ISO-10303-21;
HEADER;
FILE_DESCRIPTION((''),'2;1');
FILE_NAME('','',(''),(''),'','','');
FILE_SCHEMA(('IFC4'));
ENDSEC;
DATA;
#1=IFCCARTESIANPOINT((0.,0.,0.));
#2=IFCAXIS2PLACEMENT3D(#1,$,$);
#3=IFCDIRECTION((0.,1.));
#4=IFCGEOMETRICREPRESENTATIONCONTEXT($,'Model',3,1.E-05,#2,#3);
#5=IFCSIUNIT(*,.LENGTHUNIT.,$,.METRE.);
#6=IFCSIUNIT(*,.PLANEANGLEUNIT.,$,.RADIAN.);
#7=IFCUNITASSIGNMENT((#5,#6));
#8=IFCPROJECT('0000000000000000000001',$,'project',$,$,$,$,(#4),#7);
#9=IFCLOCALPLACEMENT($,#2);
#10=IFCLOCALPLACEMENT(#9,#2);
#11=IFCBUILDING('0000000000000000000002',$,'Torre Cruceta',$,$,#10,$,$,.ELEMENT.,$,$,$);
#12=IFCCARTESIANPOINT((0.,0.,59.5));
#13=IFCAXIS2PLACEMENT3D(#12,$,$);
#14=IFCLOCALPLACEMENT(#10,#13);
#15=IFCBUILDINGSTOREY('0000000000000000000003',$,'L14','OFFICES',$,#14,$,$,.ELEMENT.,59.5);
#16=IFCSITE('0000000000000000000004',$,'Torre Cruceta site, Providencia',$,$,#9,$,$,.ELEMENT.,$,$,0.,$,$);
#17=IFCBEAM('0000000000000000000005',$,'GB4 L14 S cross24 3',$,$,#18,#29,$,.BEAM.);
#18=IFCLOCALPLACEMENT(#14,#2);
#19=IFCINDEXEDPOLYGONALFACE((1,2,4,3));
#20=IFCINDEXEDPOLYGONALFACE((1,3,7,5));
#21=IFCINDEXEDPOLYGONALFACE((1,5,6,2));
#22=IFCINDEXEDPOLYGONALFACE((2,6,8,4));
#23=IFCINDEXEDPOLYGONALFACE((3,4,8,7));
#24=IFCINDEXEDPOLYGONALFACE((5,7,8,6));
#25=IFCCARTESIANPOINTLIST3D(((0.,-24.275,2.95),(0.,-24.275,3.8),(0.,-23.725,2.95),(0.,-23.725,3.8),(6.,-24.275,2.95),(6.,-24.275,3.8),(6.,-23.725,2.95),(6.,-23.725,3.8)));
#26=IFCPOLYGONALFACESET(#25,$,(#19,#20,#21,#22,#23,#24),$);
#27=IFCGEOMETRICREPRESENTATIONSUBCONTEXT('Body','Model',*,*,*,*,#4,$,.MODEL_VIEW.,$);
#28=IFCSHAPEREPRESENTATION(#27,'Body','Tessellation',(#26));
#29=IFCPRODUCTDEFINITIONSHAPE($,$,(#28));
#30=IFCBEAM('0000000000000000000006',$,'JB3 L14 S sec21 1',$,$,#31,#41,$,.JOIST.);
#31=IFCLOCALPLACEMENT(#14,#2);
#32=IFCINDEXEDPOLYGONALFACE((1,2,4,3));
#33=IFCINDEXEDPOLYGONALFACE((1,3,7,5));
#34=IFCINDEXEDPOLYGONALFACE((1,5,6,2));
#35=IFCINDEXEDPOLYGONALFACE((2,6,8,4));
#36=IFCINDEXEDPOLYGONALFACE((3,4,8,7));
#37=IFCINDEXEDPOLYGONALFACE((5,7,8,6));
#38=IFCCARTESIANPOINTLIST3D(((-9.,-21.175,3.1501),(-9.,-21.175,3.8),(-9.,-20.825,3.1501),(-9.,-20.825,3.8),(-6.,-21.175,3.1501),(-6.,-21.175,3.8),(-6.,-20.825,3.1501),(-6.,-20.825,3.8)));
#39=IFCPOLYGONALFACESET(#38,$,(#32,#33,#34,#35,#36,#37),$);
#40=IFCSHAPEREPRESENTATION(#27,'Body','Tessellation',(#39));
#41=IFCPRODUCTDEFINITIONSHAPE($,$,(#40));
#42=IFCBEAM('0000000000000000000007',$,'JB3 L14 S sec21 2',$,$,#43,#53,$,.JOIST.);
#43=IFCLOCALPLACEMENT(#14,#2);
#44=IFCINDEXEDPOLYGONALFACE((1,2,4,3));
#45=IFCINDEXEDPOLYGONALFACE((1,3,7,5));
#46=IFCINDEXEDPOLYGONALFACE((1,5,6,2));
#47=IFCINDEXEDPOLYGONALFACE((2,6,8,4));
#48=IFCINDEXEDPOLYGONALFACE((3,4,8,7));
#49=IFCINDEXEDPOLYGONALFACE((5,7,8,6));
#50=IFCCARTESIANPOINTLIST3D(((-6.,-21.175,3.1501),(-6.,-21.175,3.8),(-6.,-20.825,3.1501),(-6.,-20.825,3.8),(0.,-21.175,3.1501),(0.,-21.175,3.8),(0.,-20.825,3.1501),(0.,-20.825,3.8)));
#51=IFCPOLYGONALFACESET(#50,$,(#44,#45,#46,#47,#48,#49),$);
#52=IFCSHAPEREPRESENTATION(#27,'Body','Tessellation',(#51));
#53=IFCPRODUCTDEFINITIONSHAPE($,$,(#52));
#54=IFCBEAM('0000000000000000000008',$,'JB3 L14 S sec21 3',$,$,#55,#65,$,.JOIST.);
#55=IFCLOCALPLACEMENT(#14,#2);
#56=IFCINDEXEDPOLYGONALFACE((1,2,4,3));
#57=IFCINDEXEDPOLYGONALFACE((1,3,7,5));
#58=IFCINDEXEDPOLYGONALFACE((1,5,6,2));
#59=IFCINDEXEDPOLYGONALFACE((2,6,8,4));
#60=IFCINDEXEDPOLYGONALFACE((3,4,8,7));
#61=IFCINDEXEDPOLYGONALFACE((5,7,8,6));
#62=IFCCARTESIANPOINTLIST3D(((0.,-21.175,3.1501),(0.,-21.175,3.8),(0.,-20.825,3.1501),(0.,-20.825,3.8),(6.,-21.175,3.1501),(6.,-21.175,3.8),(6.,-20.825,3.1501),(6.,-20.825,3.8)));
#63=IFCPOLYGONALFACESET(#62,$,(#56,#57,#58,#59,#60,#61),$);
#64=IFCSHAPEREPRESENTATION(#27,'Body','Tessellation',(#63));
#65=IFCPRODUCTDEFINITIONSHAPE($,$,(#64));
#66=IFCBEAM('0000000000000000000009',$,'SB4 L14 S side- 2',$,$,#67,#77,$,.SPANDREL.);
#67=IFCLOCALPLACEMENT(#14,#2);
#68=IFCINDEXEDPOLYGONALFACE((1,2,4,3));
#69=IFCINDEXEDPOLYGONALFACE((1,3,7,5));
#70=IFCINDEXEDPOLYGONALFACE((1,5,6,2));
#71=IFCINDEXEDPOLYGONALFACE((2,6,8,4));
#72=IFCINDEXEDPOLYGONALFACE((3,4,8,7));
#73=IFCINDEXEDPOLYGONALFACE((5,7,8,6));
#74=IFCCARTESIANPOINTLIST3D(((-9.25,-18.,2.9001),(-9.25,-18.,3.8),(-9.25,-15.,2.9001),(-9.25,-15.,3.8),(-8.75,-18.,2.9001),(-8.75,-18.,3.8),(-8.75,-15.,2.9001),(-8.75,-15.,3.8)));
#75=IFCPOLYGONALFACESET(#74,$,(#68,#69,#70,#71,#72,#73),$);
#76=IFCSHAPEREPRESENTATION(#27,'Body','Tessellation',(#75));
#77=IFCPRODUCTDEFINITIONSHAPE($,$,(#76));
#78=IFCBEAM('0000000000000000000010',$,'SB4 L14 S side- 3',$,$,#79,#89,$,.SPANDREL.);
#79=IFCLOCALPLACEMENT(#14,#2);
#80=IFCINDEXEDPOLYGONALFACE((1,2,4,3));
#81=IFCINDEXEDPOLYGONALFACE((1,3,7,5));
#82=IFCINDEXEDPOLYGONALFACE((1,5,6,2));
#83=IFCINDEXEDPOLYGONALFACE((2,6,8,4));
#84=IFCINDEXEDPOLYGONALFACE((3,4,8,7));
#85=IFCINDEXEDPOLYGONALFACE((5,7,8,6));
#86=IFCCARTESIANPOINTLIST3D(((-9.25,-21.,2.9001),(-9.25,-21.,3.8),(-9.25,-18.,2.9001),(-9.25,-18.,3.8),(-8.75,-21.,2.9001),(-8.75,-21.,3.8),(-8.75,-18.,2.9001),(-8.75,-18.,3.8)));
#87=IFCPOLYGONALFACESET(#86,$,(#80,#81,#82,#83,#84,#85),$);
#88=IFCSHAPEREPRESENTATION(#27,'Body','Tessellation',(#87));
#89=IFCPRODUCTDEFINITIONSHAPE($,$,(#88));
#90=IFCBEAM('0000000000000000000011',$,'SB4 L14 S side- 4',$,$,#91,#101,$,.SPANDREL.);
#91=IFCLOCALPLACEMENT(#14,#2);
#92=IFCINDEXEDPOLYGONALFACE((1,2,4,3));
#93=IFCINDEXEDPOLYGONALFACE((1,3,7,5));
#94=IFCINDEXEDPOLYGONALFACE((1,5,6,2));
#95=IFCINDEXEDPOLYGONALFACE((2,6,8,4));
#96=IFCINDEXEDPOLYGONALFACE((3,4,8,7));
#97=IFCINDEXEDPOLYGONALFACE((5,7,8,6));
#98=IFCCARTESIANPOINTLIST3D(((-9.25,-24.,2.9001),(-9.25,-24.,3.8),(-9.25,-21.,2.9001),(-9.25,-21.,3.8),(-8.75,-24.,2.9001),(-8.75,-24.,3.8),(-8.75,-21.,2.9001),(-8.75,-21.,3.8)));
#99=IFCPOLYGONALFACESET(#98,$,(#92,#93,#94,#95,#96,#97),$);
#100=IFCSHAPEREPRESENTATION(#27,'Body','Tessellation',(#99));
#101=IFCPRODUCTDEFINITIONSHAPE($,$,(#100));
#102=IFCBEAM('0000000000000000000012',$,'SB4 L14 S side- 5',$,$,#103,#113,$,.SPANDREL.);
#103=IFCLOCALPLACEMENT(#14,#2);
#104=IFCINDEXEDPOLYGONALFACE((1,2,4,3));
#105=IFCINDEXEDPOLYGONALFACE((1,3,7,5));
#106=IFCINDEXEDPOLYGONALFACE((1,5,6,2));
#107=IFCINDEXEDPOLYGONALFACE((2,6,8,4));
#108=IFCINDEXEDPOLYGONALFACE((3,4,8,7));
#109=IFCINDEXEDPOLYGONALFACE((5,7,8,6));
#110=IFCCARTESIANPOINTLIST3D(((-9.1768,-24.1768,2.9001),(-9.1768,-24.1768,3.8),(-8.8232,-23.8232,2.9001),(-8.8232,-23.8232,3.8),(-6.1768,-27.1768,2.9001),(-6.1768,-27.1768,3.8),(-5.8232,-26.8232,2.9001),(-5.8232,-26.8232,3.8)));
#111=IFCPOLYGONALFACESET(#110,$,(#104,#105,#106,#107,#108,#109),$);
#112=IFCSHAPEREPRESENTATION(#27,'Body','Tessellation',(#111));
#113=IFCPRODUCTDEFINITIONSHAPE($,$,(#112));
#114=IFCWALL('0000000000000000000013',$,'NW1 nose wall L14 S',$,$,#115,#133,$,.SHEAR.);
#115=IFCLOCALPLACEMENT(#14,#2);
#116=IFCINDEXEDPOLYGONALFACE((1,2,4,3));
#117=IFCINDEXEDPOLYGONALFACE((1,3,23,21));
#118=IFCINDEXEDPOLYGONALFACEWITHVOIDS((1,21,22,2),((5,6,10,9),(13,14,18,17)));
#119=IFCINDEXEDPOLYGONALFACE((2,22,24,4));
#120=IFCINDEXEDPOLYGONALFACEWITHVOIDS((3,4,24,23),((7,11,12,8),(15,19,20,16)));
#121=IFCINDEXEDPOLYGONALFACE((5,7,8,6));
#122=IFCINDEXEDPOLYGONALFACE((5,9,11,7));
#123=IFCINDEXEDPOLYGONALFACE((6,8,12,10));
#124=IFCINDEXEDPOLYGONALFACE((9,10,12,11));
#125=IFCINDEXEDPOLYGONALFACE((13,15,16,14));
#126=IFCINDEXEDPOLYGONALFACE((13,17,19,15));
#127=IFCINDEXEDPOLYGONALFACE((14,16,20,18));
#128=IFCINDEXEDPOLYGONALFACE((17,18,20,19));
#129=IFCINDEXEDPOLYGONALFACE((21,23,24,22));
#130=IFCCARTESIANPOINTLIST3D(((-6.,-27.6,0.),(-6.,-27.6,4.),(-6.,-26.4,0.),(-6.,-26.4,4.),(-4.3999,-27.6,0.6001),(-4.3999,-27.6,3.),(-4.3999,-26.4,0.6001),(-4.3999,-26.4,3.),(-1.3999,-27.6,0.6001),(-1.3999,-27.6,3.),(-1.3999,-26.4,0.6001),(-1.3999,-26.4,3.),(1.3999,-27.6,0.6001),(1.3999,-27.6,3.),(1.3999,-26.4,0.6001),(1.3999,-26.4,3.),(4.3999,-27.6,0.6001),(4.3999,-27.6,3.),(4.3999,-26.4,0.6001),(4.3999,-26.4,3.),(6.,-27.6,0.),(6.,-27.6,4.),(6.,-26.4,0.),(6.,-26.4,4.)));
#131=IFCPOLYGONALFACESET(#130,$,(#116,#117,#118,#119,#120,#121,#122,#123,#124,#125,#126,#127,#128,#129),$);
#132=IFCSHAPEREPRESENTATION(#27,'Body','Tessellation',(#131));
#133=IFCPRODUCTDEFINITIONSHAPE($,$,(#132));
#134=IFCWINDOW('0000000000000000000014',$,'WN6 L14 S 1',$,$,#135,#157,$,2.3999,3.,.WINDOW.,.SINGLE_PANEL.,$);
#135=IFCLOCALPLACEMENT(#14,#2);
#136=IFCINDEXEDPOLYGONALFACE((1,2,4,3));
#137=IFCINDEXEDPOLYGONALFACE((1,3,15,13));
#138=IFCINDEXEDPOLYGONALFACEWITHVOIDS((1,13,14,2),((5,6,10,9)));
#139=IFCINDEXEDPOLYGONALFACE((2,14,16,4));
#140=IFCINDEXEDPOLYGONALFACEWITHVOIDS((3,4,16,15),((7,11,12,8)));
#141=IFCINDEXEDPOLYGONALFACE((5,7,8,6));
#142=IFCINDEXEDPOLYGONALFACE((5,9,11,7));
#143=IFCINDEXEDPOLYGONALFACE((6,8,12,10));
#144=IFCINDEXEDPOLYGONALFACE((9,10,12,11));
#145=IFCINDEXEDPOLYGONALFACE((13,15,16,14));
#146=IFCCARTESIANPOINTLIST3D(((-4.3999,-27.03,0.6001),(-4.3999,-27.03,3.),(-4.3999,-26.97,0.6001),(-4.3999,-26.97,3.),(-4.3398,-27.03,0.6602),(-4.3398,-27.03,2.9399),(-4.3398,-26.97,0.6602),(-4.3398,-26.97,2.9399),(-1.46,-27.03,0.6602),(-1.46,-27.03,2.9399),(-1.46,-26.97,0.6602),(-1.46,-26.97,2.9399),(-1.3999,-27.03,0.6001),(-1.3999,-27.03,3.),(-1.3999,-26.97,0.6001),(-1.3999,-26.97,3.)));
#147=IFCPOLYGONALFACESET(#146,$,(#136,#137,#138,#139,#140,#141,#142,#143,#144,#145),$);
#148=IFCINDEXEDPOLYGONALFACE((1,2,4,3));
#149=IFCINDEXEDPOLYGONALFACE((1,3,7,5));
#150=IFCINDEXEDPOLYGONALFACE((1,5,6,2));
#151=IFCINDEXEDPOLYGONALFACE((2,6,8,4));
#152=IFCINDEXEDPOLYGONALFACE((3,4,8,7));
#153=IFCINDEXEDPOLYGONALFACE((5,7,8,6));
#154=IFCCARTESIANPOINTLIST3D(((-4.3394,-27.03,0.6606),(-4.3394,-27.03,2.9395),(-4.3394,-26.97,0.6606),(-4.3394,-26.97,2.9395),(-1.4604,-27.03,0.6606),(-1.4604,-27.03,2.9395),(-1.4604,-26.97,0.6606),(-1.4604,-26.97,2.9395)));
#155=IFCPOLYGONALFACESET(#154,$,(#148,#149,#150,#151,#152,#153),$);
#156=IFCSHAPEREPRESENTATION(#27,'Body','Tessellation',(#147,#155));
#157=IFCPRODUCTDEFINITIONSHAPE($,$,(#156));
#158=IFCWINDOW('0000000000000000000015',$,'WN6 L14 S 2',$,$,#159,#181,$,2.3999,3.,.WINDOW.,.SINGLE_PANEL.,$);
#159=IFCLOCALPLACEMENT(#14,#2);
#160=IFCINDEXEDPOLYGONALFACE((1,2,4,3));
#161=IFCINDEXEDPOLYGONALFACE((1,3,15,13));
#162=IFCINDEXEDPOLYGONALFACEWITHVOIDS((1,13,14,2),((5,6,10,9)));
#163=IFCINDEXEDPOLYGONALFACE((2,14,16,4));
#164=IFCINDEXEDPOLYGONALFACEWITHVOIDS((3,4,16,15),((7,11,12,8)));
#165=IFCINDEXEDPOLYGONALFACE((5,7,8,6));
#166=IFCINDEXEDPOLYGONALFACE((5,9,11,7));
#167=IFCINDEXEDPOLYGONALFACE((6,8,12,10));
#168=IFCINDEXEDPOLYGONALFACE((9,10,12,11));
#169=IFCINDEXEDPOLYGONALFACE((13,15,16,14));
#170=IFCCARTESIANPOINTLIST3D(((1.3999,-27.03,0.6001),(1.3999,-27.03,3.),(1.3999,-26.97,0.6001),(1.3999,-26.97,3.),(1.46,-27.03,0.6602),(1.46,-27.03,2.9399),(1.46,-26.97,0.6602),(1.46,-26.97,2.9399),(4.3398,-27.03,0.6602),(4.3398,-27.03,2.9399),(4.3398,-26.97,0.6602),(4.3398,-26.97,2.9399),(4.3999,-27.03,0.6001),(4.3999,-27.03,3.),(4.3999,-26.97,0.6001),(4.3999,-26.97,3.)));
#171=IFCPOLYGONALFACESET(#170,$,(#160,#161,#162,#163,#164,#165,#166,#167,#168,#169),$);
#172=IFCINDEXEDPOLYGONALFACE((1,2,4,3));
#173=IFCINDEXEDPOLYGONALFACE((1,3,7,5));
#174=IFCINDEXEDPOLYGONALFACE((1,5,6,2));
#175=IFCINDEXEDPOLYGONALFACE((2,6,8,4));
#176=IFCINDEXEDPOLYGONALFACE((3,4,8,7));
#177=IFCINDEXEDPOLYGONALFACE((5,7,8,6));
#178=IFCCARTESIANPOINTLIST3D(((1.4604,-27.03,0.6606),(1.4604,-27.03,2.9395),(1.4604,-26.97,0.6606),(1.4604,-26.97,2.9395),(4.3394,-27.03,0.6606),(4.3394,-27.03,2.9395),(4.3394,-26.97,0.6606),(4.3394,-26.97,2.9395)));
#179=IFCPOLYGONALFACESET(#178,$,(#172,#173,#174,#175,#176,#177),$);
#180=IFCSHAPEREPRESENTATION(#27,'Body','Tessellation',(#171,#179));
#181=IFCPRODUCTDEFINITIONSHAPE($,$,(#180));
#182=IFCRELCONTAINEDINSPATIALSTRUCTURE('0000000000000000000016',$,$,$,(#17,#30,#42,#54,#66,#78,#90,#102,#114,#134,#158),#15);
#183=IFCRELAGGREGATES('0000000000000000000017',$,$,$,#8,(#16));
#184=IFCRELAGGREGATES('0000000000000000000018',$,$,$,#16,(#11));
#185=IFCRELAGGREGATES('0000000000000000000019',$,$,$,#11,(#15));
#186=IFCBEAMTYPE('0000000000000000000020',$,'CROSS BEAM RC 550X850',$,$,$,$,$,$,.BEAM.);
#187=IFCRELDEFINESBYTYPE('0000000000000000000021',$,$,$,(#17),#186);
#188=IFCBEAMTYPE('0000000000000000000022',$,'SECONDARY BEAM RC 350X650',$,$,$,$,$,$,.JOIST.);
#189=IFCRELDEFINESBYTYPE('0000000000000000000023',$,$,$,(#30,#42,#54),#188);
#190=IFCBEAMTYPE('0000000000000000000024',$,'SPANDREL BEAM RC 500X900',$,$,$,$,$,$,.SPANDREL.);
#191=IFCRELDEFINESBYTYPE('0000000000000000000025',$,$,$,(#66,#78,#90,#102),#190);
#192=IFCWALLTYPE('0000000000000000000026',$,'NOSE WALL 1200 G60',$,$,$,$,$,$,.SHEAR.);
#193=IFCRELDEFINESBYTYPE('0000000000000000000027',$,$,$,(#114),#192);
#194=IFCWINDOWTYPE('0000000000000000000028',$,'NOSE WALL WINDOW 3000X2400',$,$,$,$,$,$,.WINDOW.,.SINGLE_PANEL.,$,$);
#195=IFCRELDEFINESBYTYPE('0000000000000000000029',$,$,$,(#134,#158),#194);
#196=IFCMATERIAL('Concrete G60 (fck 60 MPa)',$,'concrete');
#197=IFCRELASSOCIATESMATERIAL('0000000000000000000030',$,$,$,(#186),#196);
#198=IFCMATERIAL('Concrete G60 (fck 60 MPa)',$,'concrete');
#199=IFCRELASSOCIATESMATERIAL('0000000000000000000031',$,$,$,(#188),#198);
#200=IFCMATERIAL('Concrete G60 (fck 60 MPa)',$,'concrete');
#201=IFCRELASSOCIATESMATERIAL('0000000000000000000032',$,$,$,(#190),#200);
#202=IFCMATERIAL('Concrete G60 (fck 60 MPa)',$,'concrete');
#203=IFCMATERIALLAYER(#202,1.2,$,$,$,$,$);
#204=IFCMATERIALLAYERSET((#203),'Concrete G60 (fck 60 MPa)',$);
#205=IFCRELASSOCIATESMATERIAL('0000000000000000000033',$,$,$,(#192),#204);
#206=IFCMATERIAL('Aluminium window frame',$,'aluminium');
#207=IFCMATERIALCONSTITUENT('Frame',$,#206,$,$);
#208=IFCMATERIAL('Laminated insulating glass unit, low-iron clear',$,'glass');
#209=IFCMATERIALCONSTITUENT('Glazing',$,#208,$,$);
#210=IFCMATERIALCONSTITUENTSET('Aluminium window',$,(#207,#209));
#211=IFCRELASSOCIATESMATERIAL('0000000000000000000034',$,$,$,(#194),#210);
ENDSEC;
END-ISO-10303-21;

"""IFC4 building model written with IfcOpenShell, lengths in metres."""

from ifc_helpers import new_model, si_unit, direction, frame, frame_2d, origin, origin_2d, place, context, subcontext, project, spatial, rectangle, hollow_rectangle, extrude, material, layer, layer_set, constituent, constituent_set, material_profile, profile_set, type_object, element, fill, save


model = new_model("IFC4")

# Units and contexts
model_context = context("Model", 3, precision=1e-05, world=origin(), true_north=direction((0.0, 1.0)))
body_context = subcontext(model_context, "Body", "Model", "MODEL_VIEW")
ifc_project = project(units=[si_unit("LENGTHUNIT", "METRE"), si_unit("PLANEANGLEUNIT", "RADIAN")], contexts=[model_context])

# Site, building, storey
site_placement = place(None, origin())
site = spatial("IfcSite", under=ifc_project, at=site_placement, Name="Torre Cruceta site, Providencia", CompositionType="ELEMENT", RefElevation=0.0)
building_placement = place(site_placement, origin())
building = spatial("IfcBuilding", under=site, at=building_placement, Name="Torre Cruceta", CompositionType="ELEMENT")
storey_placement = place(building_placement, frame((0.0, 0.0, 59.5)))
storey = spatial("IfcBuildingStorey", under=building, at=storey_placement, Name="L14", Description="OFFICES", CompositionType="ELEMENT", Elevation=59.5)

# Beams
ifc_material_1 = material(Name="Concrete G60 (fck 60 MPa)", Category="concrete")
ifc_material_profile_1 = material_profile(ifc_material_1, rectangle(XDim=0.55, YDim=0.8501, at=origin_2d()), Name="RC 550X850")
ifc_profile_set_1 = profile_set([ifc_material_profile_1], Name="Concrete G60 (fck 60 MPa)")
beam_type_1 = type_object("IfcBeamType", Name="CROSS BEAM RC 550X850", PredefinedType="BEAM", material=ifc_profile_set_1)
for number, where, z_axis, x_axis, name in (
    (1, (0.0, -24.0, 3.375), (1.0, 0.0, 0.0), (0.0, 1.0, 0.0), "GB4 L14 S cross24 3"),
):
    element("IfcBeam", number, at=place(storey_placement, frame(where, z_axis=z_axis, x_axis=x_axis)), inside=storey, type_object=beam_type_1, Name=name, PredefinedType="BEAM", context=body_context, shape_type="SweptSolid", body=[
        extrude(rectangle(XDim=0.55, YDim=0.8501, at=origin_2d()), origin(), (0.0, 0.0, 1.0), 6.0),
    ])
ifc_material_2 = material(Name="Concrete G60 (fck 60 MPa)", Category="concrete")
ifc_material_profile_2 = material_profile(ifc_material_2, rectangle(XDim=0.3501, YDim=0.6499, at=origin_2d()), Name="RC 350X650")
ifc_profile_set_2 = profile_set([ifc_material_profile_2], Name="Concrete G60 (fck 60 MPa)")
beam_type_2 = type_object("IfcBeamType", Name="SECONDARY BEAM RC 350X650", PredefinedType="JOIST", material=ifc_profile_set_2)
beam_1_placement = place(storey_placement, frame((-9.0, -21.0, 3.4751), z_axis=(1.0, 0.0, 0.0), x_axis=(0.0, 1.0, 0.0)))
element("IfcBeam", 2, at=beam_1_placement, inside=storey, type_object=beam_type_2, Name="JB3 L14 S sec21 1", PredefinedType="JOIST", context=body_context, shape_type="SweptSolid", body=[
    extrude(rectangle(XDim=0.3501, YDim=0.6499, at=origin_2d()), origin(), (0.0, 0.0, 1.0), 3.0),
])
for number, where, z_axis, x_axis, name in (
    (3, (-6.0, -21.0, 3.4751), (1.0, 0.0, 0.0), (0.0, 1.0, 0.0), "JB3 L14 S sec21 2"),
    (4, (0.0, -21.0, 3.4751), (1.0, 0.0, 0.0), (0.0, 1.0, 0.0), "JB3 L14 S sec21 3"),
):
    element("IfcBeam", number, at=place(storey_placement, frame(where, z_axis=z_axis, x_axis=x_axis)), inside=storey, type_object=beam_type_2, Name=name, PredefinedType="JOIST", context=body_context, shape_type="SweptSolid", body=[
        extrude(rectangle(XDim=0.3501, YDim=0.6499, at=origin_2d()), origin(), (0.0, 0.0, 1.0), 6.0),
    ])
ifc_material_3 = material(Name="Concrete G60 (fck 60 MPa)", Category="concrete")
ifc_material_profile_3 = material_profile(ifc_material_3, rectangle(XDim=0.5, YDim=0.8999, at=origin_2d()), Name="RC 500X900")
ifc_profile_set_3 = profile_set([ifc_material_profile_3], Name="Concrete G60 (fck 60 MPa)")
beam_type_3 = type_object("IfcBeamType", Name="SPANDREL BEAM RC 500X900", PredefinedType="SPANDREL", material=ifc_profile_set_3)
for number, where, z_axis, x_axis, name in (
    (5, (-9.0, -15.0, 3.3501), (0.0, -1.0, 0.0), (1.0, 0.0, 0.0), "SB4 L14 S side- 2"),
    (6, (-9.0, -18.0, 3.3501), (0.0, -1.0, 0.0), (1.0, 0.0, 0.0), "SB4 L14 S side- 3"),
    (7, (-9.0, -21.0, 3.3501), (0.0, -1.0, 0.0), (1.0, 0.0, 0.0), "SB4 L14 S side- 4"),
):
    element("IfcBeam", number, at=place(storey_placement, frame(where, z_axis=z_axis, x_axis=x_axis)), inside=storey, type_object=beam_type_3, Name=name, PredefinedType="SPANDREL", context=body_context, shape_type="SweptSolid", body=[
        extrude(rectangle(XDim=0.5, YDim=0.8999, at=origin_2d()), origin(), (0.0, 0.0, 1.0), 3.0),
    ])
beam_2_placement = place(storey_placement, frame((-9.0, -24.0, 3.3501), z_axis=(0.707107, -0.707107, 0.0), x_axis=(0.707107, 0.707107, 0.0)))
element("IfcBeam", 8, at=beam_2_placement, inside=storey, type_object=beam_type_3, Name="SB4 L14 S side- 5", PredefinedType="SPANDREL", context=body_context, shape_type="SweptSolid", body=[
    extrude(rectangle(XDim=0.5, YDim=0.8999, at=origin_2d()), origin(), (0.0, 0.0, 1.0), 4.2427),
])

# Wall, openings, windows
ifc_material_4 = material(Name="Concrete G60 (fck 60 MPa)", Category="concrete")
ifc_layer_1 = layer(ifc_material_4, 1.2)
ifc_layer_set_1 = layer_set([ifc_layer_1], Name="Concrete G60 (fck 60 MPa)")
wall_type_1 = type_object("IfcWallType", Name="NOSE WALL 1200 G60", PredefinedType="SHEAR", material=ifc_layer_set_1)
wall_1_placement = place(storey_placement, frame((-6.0, -27.0, 0.0), z_axis=(0.0, 0.0, 1.0), x_axis=(1.0, 0.0, 0.0)))
wall_1 = element("IfcWall", 9, at=wall_1_placement, inside=storey, type_object=wall_type_1, Name="NW1 nose wall L14 S", PredefinedType="SHEAR", context=body_context, shape_type="SweptSolid", body=[
    extrude(rectangle(XDim=12.0, YDim=1.2, at=frame_2d((6.0, 0.0))), origin(), (0.0, 0.0, 1.0), 4.0),
])
opening_1_placement = place(wall_1_placement, frame((1.6001, 0.0, 0.6001)))
opening_1 = element("IfcOpeningElement", 10, at=opening_1_placement, cuts=wall_1, PredefinedType="OPENING", context=body_context, shape_type="SweptSolid", body=[
    extrude(rectangle(XDim=3.0, YDim=2.3999, at=frame_2d((1.5, 1.2))), frame((0.0, 0.6099, 0.0), z_axis=(0.0, -1.0, 0.0), x_axis=(1.0, 0.0, 0.0)), (0.0, 0.0, 1.0), 1.22),
])
opening_2_placement = place(wall_1_placement, frame((7.3999, 0.0, 0.6001)))
opening_2 = element("IfcOpeningElement", 11, at=opening_2_placement, cuts=wall_1, PredefinedType="OPENING", context=body_context, shape_type="SweptSolid", body=[
    extrude(rectangle(XDim=3.0, YDim=2.3999, at=frame_2d((1.5, 1.2))), frame((0.0, 0.6099, 0.0), z_axis=(0.0, -1.0, 0.0), x_axis=(1.0, 0.0, 0.0)), (0.0, 0.0, 1.0), 1.22),
])
ifc_material_5 = material(Name="Aluminium window frame", Category="aluminium")
ifc_constituent_1 = constituent(ifc_material_5, Name="Frame")
ifc_material_6 = material(Name="Laminated insulating glass unit, low-iron clear", Category="glass")
ifc_constituent_2 = constituent(ifc_material_6, Name="Glazing")
ifc_constituent_set_1 = constituent_set(constituents=[ifc_constituent_1, ifc_constituent_2], Name="Aluminium window")
window_type = type_object("IfcWindowType", Name="NOSE WALL WINDOW 3000X2400", PartitioningType="SINGLE_PANEL", PredefinedType="WINDOW", material=ifc_constituent_set_1)
window_1_placement = place(opening_1_placement, origin())
window_1 = element("IfcWindow", 12, at=window_1_placement, inside=storey, type_object=window_type, Name="WN6 L14 S 1", OverallHeight=2.3999, OverallWidth=3.0, PartitioningType="SINGLE_PANEL", PredefinedType="WINDOW", context=body_context, shape_type="SweptSolid", body=[
    extrude(hollow_rectangle(XDim=3.0, YDim=2.3999, WallThickness=0.0601, at=frame_2d((1.5, 1.2))), frame((0.0, 0.03, 0.0), z_axis=(0.0, -1.0, 0.0), x_axis=(1.0, 0.0, 0.0)), (0.0, 0.0, 1.0), 0.0601),
    extrude(rectangle(XDim=2.8789, YDim=2.2788, at=frame_2d((1.5, 1.2))), frame((0.0, 0.03, 0.0), z_axis=(0.0, -1.0, 0.0), x_axis=(1.0, 0.0, 0.0)), (0.0, 0.0, 1.0), 0.0601),
])
fill(opening_1, window_1)
window_2_placement = place(opening_2_placement, origin())
window_2 = element("IfcWindow", 13, at=window_2_placement, inside=storey, type_object=window_type, Name="WN6 L14 S 2", OverallHeight=2.3999, OverallWidth=3.0, PartitioningType="SINGLE_PANEL", PredefinedType="WINDOW", context=body_context, shape_type="SweptSolid", body=[
    extrude(hollow_rectangle(XDim=3.0, YDim=2.3999, WallThickness=0.0601, at=frame_2d((1.5, 1.2))), frame((0.0, 0.03, 0.0), z_axis=(0.0, -1.0, 0.0), x_axis=(1.0, 0.0, 0.0)), (0.0, 0.0, 1.0), 0.0601),
    extrude(rectangle(XDim=2.8789, YDim=2.2788, at=frame_2d((1.5, 1.2))), frame((0.0, 0.03, 0.0), z_axis=(0.0, -1.0, 0.0), x_axis=(1.0, 0.0, 0.0)), (0.0, 0.0, 1.0), 0.0601),
])
fill(opening_2, window_2)

save(model, "model.ifc")
